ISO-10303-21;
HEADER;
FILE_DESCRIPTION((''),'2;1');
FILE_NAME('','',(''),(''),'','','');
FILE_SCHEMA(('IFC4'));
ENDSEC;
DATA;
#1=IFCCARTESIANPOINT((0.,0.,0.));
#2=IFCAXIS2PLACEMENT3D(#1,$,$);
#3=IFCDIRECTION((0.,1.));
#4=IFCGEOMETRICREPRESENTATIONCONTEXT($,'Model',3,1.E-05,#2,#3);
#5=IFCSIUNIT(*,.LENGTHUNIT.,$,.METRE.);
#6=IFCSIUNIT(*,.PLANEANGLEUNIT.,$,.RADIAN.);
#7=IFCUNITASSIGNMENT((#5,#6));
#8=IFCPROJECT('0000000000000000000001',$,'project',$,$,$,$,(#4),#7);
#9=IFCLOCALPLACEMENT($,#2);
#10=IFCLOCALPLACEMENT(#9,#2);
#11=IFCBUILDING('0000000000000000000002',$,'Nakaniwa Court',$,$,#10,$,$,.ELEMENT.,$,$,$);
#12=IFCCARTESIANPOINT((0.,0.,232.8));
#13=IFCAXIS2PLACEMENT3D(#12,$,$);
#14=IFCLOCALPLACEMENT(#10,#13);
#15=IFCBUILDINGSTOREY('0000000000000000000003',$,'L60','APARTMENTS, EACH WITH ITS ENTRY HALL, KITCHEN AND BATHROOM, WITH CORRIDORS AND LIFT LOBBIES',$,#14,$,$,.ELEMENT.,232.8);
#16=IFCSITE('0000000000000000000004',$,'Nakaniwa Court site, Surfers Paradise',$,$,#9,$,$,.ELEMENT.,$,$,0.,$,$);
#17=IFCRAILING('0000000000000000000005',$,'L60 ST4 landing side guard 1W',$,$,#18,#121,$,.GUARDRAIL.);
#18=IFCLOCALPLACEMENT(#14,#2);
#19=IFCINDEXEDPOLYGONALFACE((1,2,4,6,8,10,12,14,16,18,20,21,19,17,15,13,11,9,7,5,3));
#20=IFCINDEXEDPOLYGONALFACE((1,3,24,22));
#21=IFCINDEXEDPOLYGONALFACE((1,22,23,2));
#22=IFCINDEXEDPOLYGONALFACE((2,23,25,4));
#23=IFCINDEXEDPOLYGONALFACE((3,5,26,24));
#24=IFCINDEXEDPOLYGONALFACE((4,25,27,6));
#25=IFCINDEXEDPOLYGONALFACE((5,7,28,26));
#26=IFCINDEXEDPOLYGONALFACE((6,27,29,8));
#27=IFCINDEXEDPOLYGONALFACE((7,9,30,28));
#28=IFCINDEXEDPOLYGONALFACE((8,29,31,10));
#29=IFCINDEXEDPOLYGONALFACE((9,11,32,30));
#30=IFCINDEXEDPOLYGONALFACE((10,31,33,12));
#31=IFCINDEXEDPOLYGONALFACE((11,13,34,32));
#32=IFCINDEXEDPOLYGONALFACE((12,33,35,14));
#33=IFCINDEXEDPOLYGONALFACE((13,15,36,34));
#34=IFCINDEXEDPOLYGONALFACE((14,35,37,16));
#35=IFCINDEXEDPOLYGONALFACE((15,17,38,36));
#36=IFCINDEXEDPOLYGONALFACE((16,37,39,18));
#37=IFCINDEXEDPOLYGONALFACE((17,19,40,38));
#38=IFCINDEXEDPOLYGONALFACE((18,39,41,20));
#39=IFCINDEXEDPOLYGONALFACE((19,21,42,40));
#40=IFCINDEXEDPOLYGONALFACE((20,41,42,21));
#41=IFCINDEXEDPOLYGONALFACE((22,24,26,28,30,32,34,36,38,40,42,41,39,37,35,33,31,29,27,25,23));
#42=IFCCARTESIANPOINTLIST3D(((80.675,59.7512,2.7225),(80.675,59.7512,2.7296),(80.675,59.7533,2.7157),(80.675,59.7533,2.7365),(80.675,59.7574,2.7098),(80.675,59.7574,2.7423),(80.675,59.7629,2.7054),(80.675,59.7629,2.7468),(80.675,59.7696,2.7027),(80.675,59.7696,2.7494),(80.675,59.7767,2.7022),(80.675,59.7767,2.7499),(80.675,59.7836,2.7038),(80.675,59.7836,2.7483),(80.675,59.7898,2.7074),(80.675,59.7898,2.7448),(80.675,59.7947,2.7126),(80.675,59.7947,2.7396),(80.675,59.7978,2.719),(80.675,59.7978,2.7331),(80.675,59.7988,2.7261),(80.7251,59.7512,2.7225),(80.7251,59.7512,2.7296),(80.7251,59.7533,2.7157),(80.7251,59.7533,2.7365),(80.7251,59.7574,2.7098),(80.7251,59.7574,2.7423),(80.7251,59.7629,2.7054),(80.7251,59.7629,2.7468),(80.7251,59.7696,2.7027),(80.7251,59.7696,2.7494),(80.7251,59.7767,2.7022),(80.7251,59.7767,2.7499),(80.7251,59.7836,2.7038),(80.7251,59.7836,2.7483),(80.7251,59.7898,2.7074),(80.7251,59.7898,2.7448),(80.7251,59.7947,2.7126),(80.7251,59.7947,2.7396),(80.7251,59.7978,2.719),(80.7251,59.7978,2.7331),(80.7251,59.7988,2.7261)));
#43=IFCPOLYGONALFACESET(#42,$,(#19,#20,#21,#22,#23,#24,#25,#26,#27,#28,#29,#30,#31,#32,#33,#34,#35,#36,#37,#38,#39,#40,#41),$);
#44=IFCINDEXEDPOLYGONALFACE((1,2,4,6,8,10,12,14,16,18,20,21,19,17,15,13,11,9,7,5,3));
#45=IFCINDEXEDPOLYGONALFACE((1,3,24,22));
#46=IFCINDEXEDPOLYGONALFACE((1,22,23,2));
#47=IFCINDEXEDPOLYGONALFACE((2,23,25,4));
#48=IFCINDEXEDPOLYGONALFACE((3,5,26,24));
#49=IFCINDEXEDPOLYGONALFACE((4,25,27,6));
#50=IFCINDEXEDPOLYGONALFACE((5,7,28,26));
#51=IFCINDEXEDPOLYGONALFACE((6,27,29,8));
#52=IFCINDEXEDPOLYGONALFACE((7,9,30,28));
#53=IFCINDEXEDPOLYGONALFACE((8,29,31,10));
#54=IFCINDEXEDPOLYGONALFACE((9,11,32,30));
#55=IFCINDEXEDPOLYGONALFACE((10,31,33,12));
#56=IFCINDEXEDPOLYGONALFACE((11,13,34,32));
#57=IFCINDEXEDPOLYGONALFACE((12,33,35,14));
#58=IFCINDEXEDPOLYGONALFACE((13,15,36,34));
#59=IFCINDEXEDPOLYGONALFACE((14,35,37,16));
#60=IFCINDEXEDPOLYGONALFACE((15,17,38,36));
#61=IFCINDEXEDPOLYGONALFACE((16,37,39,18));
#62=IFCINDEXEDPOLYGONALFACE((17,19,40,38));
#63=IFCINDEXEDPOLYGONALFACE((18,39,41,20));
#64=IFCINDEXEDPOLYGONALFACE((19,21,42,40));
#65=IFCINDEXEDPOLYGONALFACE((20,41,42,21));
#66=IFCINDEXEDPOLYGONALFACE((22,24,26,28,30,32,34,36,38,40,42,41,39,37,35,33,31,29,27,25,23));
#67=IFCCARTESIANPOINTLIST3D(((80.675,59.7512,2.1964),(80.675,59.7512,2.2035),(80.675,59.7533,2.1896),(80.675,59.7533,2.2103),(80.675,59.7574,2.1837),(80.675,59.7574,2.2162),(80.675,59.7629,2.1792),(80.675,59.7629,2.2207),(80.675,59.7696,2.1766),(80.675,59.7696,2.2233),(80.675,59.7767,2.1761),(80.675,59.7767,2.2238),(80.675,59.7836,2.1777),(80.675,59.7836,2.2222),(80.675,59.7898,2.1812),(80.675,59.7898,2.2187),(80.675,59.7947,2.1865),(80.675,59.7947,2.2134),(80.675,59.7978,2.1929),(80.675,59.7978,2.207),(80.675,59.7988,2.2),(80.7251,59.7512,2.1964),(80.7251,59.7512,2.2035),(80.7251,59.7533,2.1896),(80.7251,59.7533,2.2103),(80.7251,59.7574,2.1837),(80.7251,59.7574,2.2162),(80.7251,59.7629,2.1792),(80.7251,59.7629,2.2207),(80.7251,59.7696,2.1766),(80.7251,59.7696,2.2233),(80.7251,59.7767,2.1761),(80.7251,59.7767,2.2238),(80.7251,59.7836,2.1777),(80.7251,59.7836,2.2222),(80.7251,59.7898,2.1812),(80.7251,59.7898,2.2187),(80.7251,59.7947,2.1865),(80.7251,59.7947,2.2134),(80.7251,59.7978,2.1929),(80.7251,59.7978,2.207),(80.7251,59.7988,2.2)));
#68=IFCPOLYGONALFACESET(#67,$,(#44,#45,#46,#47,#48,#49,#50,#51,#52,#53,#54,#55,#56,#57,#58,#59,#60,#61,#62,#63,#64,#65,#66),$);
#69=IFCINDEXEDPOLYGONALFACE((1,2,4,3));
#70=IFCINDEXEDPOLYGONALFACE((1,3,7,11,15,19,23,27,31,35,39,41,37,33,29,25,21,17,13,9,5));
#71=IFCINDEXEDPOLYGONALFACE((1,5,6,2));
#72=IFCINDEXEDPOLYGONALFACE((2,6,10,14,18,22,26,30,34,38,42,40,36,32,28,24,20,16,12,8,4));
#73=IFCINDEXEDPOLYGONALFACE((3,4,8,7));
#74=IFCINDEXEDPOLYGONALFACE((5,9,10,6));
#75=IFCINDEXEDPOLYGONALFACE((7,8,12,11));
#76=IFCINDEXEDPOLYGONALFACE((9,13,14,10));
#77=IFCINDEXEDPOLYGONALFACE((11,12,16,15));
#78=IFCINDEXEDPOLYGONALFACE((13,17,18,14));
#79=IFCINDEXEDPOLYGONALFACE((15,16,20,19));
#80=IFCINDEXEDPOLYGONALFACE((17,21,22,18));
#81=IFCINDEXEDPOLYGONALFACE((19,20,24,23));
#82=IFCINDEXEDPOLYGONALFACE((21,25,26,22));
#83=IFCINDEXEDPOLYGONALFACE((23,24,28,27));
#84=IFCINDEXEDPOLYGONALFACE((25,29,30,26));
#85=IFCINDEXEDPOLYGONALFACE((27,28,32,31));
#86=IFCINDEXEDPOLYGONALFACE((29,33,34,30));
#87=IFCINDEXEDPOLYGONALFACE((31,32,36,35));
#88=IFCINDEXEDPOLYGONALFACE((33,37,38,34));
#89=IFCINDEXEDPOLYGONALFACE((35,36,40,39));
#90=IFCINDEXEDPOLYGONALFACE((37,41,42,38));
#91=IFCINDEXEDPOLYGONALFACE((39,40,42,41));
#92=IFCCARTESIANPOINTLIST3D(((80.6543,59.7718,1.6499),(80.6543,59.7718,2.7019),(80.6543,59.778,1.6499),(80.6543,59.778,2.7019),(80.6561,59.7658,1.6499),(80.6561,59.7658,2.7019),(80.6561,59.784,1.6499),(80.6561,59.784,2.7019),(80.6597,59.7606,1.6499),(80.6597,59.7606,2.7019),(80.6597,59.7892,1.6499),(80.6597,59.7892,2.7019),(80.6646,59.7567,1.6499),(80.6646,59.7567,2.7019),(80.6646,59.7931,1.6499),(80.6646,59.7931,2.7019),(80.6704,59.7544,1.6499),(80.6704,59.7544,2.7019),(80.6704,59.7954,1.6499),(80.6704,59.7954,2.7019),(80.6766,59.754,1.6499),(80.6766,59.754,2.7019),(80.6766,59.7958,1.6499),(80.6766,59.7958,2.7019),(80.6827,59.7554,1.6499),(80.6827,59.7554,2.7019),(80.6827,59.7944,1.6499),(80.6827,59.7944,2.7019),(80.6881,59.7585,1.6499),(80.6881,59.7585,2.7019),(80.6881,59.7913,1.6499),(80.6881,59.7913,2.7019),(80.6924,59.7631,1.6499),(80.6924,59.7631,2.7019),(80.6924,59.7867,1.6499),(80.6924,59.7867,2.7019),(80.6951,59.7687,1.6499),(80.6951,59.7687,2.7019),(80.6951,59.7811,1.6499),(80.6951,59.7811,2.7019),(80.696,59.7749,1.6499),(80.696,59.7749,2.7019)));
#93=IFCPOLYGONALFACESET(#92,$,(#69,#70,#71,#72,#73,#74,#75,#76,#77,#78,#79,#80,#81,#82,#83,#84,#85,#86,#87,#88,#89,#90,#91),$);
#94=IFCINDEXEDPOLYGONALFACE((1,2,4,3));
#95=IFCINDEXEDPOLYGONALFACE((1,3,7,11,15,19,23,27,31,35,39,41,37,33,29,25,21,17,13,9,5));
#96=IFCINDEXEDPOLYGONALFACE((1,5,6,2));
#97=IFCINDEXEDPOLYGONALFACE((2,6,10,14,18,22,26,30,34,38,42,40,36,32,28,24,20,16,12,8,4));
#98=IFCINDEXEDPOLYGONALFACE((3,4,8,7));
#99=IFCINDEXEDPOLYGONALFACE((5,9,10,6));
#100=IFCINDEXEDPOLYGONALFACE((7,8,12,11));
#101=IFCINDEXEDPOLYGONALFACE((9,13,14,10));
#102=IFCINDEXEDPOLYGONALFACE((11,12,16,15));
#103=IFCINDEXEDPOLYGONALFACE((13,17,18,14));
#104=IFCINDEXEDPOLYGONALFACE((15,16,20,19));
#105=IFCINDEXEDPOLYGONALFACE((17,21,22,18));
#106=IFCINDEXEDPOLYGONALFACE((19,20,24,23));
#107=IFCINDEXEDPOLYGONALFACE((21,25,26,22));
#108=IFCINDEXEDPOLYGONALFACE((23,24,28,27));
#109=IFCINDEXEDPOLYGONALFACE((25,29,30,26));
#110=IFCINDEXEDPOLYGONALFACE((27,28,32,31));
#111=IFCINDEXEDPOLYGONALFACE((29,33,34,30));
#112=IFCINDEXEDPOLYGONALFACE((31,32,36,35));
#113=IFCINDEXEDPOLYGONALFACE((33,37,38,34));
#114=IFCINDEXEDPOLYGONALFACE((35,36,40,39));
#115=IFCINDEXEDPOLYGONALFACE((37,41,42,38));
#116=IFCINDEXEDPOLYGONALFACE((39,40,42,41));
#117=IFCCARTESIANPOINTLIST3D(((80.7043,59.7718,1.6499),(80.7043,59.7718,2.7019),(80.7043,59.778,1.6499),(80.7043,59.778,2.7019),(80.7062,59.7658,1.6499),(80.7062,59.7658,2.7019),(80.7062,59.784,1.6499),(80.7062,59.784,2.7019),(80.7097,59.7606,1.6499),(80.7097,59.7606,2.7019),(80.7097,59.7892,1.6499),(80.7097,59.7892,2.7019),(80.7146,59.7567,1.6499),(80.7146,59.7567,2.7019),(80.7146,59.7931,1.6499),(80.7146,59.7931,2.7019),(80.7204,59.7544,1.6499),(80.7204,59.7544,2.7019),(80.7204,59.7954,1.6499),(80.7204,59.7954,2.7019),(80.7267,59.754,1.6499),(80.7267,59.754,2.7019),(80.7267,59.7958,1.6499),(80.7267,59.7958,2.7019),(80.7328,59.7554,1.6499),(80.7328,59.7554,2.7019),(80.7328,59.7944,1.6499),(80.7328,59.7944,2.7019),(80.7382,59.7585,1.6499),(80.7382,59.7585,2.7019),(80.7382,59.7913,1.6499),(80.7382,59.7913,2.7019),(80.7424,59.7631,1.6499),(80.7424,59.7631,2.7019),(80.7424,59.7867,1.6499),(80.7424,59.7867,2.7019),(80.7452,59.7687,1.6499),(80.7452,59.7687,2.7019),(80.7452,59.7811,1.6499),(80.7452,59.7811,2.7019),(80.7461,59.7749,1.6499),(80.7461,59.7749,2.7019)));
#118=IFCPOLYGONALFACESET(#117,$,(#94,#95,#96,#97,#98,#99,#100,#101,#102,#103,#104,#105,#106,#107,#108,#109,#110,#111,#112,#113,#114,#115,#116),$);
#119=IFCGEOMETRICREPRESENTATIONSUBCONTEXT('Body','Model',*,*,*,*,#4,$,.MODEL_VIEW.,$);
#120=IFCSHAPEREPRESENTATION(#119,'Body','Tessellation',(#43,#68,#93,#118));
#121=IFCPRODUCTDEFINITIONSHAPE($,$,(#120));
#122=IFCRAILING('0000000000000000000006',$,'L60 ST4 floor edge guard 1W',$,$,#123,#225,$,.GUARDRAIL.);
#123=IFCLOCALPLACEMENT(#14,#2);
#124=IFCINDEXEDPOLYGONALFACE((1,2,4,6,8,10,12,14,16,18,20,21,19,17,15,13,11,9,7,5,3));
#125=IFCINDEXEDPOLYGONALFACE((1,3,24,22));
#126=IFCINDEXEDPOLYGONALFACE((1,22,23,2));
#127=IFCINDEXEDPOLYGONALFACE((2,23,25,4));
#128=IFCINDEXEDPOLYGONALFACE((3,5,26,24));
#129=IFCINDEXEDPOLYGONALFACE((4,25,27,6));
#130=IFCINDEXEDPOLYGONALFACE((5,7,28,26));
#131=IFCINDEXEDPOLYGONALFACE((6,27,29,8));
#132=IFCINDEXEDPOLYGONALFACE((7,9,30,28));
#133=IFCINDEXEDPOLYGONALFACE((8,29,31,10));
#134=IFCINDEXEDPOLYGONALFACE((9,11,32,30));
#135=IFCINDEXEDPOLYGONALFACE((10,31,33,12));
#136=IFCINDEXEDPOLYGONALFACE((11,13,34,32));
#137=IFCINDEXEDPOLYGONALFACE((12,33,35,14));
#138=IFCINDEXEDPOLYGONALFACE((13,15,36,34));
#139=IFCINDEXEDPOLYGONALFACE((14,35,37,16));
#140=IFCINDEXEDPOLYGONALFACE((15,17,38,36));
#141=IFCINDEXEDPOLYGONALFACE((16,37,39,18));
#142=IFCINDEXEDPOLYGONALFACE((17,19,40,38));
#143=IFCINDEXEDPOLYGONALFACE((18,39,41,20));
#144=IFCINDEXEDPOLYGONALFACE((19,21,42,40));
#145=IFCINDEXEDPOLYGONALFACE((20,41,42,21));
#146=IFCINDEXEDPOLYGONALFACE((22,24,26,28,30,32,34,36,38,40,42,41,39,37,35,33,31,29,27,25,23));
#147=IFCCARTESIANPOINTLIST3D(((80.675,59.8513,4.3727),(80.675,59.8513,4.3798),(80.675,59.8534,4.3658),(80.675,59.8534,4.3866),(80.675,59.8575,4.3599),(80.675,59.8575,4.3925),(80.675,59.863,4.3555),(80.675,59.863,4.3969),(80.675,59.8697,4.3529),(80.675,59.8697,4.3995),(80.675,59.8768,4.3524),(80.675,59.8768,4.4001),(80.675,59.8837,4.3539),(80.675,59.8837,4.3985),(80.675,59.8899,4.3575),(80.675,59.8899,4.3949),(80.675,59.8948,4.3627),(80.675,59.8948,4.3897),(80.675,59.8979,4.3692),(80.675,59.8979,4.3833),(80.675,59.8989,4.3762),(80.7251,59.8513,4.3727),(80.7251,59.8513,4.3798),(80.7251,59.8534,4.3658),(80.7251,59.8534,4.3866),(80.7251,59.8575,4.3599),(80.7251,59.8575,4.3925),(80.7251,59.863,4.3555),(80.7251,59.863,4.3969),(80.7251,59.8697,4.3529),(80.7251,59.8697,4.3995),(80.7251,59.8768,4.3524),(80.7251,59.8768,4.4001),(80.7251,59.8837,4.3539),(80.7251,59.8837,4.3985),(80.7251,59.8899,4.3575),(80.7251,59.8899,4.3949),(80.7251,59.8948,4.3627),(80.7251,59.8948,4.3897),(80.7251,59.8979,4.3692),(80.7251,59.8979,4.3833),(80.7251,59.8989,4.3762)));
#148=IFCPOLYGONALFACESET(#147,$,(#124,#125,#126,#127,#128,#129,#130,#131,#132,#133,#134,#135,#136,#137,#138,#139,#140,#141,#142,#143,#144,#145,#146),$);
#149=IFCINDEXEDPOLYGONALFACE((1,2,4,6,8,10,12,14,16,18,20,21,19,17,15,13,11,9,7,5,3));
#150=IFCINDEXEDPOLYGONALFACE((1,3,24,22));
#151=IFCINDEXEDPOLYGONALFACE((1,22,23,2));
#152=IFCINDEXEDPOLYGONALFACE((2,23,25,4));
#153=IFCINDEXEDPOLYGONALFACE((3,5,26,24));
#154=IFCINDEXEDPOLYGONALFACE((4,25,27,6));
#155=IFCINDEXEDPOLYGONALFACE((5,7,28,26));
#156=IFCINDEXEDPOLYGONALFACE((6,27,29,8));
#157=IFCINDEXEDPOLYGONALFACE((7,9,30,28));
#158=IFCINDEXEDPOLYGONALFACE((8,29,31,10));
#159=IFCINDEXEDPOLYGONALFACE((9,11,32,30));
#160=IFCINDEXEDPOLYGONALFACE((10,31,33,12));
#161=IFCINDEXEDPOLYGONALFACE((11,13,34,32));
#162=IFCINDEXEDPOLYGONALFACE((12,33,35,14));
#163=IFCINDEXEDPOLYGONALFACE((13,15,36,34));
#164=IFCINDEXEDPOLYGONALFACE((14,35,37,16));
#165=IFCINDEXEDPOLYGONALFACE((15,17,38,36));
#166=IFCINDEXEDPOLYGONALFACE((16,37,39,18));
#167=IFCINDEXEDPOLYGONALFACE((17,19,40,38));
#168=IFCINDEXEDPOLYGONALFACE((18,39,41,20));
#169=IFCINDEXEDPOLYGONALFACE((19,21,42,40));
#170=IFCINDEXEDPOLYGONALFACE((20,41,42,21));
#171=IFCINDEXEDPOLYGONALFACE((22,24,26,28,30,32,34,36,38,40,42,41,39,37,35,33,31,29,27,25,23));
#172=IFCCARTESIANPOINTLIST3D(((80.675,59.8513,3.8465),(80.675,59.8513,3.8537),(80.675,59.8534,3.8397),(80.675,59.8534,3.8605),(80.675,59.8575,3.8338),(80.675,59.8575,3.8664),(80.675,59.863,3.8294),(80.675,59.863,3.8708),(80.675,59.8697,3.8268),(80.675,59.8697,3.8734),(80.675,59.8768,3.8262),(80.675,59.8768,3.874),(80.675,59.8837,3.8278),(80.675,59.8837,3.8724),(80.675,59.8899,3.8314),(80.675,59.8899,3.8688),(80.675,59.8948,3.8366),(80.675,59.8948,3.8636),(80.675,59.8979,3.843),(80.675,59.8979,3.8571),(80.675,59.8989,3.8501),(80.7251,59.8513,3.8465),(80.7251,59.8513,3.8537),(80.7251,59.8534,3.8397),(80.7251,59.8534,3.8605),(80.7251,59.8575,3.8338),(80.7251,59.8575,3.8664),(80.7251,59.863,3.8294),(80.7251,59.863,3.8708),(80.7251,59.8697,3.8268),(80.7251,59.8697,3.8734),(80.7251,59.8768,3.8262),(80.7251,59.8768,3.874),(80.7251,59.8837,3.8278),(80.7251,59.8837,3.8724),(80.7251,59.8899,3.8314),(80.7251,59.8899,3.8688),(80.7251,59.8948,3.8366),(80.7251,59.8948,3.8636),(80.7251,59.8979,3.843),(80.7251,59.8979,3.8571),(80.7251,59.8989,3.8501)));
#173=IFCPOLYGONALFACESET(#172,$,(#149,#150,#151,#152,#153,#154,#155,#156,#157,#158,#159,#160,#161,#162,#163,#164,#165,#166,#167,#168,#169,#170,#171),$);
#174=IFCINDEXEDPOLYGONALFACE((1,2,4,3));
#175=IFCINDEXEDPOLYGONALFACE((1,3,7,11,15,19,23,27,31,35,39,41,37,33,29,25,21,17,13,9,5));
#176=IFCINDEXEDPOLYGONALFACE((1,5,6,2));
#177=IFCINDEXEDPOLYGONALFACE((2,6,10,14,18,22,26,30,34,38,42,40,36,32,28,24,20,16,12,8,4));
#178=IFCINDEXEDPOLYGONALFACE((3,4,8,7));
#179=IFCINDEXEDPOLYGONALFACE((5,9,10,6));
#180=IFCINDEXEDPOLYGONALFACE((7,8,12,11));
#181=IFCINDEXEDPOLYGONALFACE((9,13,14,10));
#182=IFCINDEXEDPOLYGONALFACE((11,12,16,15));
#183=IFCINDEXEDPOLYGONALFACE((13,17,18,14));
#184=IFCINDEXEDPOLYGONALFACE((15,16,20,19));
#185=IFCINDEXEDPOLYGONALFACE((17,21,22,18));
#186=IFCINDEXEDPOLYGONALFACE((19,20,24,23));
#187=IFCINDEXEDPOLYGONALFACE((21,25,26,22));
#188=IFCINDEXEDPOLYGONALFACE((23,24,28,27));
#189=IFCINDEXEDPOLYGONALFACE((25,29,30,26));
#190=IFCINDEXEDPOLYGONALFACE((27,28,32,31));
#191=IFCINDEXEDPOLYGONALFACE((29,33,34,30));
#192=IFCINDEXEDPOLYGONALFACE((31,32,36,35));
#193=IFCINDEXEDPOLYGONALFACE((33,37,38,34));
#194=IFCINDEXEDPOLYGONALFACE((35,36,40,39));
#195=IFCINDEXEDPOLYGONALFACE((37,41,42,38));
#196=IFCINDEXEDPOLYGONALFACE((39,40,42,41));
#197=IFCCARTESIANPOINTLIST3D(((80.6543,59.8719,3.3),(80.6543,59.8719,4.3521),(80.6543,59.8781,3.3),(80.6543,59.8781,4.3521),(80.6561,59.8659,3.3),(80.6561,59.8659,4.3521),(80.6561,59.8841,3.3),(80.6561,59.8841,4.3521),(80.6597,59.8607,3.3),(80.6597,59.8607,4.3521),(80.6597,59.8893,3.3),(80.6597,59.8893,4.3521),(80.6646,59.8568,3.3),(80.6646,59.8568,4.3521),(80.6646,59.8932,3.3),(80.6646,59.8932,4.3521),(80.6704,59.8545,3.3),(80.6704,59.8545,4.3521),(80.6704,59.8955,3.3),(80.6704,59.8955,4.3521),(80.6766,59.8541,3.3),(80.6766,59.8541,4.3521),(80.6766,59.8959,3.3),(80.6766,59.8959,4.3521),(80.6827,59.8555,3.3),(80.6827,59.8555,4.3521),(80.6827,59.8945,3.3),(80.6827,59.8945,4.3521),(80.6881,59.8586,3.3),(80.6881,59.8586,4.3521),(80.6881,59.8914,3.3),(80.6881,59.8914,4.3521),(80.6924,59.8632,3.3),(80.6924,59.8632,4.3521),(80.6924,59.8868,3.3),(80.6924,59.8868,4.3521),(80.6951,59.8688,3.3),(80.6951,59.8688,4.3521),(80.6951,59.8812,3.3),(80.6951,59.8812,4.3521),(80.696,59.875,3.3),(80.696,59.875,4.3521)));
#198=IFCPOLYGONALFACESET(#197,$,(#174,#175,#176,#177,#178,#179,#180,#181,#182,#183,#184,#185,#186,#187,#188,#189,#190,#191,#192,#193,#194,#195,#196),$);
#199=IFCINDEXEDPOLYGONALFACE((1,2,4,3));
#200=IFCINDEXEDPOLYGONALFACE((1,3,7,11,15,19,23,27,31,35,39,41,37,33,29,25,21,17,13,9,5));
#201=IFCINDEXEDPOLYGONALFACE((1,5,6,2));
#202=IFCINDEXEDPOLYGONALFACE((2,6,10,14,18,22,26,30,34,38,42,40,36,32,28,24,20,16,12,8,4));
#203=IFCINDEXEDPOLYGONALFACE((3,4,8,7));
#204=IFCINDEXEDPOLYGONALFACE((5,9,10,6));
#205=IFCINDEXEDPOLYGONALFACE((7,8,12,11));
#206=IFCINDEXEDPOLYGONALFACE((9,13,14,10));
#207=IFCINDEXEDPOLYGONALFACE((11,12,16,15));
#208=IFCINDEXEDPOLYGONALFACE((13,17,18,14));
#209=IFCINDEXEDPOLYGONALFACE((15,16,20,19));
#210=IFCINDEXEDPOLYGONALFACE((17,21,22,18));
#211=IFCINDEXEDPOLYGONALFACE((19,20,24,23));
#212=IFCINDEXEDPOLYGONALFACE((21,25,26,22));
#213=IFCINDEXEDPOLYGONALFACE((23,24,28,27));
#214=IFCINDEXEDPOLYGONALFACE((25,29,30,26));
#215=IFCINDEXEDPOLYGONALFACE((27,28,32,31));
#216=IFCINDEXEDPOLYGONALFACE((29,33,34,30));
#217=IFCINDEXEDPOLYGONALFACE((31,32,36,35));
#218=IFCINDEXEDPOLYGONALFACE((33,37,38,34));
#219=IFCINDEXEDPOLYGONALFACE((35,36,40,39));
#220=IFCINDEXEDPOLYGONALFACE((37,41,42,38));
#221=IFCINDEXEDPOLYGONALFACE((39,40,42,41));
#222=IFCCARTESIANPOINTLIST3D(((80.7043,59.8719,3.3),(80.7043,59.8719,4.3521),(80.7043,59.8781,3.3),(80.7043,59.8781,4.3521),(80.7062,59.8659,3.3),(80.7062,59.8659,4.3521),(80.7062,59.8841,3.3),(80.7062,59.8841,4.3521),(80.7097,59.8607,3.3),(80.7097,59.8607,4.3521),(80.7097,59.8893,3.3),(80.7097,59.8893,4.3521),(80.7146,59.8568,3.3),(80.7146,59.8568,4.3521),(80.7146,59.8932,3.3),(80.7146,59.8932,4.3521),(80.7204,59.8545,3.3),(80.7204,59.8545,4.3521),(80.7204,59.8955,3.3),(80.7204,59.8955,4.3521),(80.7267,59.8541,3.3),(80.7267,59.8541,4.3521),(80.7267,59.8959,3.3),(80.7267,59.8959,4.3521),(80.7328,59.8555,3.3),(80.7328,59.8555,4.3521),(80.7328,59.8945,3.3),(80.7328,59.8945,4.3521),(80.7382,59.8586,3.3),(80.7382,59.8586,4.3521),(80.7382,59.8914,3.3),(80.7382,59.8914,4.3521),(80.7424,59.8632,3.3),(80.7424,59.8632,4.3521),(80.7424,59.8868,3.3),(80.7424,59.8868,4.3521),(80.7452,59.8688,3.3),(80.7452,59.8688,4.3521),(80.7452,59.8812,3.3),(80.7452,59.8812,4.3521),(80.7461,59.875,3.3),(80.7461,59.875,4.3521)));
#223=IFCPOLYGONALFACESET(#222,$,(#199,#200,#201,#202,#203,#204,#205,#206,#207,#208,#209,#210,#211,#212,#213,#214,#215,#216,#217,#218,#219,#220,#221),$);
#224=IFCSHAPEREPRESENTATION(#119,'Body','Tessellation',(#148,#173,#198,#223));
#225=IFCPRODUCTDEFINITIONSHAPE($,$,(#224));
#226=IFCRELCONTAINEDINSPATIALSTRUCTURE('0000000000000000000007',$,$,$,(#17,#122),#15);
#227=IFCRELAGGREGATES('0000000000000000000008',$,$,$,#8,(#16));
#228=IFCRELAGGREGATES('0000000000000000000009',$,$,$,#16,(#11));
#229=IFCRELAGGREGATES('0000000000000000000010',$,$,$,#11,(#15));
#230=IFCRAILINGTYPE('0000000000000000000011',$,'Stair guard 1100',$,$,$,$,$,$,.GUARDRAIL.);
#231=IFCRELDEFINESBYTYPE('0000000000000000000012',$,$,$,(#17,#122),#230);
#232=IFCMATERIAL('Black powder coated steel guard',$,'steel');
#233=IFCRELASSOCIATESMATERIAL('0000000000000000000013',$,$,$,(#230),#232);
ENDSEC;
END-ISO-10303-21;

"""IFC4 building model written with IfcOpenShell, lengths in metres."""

from ifc_helpers import new_model, si_unit, direction, frame, origin, origin_2d, place, context, subcontext, project, spatial, circle, extrude, material, type_object, element, save


model = new_model("IFC4")

# Units and contexts
model_context = context("Model", 3, precision=1e-05, world=origin(), true_north=direction((0.0, 1.0)))
body_context = subcontext(model_context, "Body", "Model", "MODEL_VIEW")
ifc_project = project(units=[si_unit("LENGTHUNIT", "METRE"), si_unit("PLANEANGLEUNIT", "RADIAN")], contexts=[model_context])

# Site, building, storey
site_placement = place(None, origin())
site = spatial("IfcSite", under=ifc_project, at=site_placement, Name="Nakaniwa Court site, Surfers Paradise", CompositionType="ELEMENT", RefElevation=0.0)
building_placement = place(site_placement, origin())
building = spatial("IfcBuilding", under=site, at=building_placement, Name="Nakaniwa Court", CompositionType="ELEMENT")
storey_placement = place(building_placement, frame((0.0, 0.0, 232.8)))
storey = spatial("IfcBuildingStorey", under=building, at=storey_placement, Name="L60", Description="APARTMENTS, EACH WITH ITS ENTRY HALL, KITCHEN AND BATHROOM, WITH CORRIDORS AND LIFT LOBBIES", CompositionType="ELEMENT", Elevation=232.8)

# Railings
ifc_material_1 = material(Name="Black powder coated steel guard", Category="steel")
railing_type_1 = type_object("IfcRailingType", Name="Stair guard 1100", PredefinedType="GUARDRAIL", material=ifc_material_1)
for number, where, name in (
    (1, (80.675, 59.7749, 1.6499), "L60 ST4 landing side guard 1W"),
    (2, (80.675, 59.875, 3.3), "L60 ST4 floor edge guard 1W"),
):
    element("IfcRailing", number, at=place(storey_placement, frame(where)), inside=storey, type_object=railing_type_1, Name=name, PredefinedType="GUARDRAIL", context=body_context, shape_type="SweptSolid", body=[
        extrude(circle(Radius=0.0239, at=origin_2d()), frame((0.0, 0.0, 1.0762), z_axis=(1.0, 0.0, 0.0), x_axis=(0.0, 1.0, 0.0)), (0.0, 0.0, 1.0), 0.05),
        extrude(circle(Radius=0.0239, at=origin_2d()), frame((0.0, 0.0, 0.55), z_axis=(1.0, 0.0, 0.0), x_axis=(0.0, 1.0, 0.0)), (0.0, 0.0, 1.0), 0.05),
        extrude(circle(Radius=0.021, at=origin_2d()), origin(), (0.0, 0.0, 1.0), 1.052),
        extrude(circle(Radius=0.021, at=origin_2d()), frame((0.05, 0.0, 0.0)), (0.0, 0.0, 1.0), 1.052),
    ])

save(model, "model.ifc")
